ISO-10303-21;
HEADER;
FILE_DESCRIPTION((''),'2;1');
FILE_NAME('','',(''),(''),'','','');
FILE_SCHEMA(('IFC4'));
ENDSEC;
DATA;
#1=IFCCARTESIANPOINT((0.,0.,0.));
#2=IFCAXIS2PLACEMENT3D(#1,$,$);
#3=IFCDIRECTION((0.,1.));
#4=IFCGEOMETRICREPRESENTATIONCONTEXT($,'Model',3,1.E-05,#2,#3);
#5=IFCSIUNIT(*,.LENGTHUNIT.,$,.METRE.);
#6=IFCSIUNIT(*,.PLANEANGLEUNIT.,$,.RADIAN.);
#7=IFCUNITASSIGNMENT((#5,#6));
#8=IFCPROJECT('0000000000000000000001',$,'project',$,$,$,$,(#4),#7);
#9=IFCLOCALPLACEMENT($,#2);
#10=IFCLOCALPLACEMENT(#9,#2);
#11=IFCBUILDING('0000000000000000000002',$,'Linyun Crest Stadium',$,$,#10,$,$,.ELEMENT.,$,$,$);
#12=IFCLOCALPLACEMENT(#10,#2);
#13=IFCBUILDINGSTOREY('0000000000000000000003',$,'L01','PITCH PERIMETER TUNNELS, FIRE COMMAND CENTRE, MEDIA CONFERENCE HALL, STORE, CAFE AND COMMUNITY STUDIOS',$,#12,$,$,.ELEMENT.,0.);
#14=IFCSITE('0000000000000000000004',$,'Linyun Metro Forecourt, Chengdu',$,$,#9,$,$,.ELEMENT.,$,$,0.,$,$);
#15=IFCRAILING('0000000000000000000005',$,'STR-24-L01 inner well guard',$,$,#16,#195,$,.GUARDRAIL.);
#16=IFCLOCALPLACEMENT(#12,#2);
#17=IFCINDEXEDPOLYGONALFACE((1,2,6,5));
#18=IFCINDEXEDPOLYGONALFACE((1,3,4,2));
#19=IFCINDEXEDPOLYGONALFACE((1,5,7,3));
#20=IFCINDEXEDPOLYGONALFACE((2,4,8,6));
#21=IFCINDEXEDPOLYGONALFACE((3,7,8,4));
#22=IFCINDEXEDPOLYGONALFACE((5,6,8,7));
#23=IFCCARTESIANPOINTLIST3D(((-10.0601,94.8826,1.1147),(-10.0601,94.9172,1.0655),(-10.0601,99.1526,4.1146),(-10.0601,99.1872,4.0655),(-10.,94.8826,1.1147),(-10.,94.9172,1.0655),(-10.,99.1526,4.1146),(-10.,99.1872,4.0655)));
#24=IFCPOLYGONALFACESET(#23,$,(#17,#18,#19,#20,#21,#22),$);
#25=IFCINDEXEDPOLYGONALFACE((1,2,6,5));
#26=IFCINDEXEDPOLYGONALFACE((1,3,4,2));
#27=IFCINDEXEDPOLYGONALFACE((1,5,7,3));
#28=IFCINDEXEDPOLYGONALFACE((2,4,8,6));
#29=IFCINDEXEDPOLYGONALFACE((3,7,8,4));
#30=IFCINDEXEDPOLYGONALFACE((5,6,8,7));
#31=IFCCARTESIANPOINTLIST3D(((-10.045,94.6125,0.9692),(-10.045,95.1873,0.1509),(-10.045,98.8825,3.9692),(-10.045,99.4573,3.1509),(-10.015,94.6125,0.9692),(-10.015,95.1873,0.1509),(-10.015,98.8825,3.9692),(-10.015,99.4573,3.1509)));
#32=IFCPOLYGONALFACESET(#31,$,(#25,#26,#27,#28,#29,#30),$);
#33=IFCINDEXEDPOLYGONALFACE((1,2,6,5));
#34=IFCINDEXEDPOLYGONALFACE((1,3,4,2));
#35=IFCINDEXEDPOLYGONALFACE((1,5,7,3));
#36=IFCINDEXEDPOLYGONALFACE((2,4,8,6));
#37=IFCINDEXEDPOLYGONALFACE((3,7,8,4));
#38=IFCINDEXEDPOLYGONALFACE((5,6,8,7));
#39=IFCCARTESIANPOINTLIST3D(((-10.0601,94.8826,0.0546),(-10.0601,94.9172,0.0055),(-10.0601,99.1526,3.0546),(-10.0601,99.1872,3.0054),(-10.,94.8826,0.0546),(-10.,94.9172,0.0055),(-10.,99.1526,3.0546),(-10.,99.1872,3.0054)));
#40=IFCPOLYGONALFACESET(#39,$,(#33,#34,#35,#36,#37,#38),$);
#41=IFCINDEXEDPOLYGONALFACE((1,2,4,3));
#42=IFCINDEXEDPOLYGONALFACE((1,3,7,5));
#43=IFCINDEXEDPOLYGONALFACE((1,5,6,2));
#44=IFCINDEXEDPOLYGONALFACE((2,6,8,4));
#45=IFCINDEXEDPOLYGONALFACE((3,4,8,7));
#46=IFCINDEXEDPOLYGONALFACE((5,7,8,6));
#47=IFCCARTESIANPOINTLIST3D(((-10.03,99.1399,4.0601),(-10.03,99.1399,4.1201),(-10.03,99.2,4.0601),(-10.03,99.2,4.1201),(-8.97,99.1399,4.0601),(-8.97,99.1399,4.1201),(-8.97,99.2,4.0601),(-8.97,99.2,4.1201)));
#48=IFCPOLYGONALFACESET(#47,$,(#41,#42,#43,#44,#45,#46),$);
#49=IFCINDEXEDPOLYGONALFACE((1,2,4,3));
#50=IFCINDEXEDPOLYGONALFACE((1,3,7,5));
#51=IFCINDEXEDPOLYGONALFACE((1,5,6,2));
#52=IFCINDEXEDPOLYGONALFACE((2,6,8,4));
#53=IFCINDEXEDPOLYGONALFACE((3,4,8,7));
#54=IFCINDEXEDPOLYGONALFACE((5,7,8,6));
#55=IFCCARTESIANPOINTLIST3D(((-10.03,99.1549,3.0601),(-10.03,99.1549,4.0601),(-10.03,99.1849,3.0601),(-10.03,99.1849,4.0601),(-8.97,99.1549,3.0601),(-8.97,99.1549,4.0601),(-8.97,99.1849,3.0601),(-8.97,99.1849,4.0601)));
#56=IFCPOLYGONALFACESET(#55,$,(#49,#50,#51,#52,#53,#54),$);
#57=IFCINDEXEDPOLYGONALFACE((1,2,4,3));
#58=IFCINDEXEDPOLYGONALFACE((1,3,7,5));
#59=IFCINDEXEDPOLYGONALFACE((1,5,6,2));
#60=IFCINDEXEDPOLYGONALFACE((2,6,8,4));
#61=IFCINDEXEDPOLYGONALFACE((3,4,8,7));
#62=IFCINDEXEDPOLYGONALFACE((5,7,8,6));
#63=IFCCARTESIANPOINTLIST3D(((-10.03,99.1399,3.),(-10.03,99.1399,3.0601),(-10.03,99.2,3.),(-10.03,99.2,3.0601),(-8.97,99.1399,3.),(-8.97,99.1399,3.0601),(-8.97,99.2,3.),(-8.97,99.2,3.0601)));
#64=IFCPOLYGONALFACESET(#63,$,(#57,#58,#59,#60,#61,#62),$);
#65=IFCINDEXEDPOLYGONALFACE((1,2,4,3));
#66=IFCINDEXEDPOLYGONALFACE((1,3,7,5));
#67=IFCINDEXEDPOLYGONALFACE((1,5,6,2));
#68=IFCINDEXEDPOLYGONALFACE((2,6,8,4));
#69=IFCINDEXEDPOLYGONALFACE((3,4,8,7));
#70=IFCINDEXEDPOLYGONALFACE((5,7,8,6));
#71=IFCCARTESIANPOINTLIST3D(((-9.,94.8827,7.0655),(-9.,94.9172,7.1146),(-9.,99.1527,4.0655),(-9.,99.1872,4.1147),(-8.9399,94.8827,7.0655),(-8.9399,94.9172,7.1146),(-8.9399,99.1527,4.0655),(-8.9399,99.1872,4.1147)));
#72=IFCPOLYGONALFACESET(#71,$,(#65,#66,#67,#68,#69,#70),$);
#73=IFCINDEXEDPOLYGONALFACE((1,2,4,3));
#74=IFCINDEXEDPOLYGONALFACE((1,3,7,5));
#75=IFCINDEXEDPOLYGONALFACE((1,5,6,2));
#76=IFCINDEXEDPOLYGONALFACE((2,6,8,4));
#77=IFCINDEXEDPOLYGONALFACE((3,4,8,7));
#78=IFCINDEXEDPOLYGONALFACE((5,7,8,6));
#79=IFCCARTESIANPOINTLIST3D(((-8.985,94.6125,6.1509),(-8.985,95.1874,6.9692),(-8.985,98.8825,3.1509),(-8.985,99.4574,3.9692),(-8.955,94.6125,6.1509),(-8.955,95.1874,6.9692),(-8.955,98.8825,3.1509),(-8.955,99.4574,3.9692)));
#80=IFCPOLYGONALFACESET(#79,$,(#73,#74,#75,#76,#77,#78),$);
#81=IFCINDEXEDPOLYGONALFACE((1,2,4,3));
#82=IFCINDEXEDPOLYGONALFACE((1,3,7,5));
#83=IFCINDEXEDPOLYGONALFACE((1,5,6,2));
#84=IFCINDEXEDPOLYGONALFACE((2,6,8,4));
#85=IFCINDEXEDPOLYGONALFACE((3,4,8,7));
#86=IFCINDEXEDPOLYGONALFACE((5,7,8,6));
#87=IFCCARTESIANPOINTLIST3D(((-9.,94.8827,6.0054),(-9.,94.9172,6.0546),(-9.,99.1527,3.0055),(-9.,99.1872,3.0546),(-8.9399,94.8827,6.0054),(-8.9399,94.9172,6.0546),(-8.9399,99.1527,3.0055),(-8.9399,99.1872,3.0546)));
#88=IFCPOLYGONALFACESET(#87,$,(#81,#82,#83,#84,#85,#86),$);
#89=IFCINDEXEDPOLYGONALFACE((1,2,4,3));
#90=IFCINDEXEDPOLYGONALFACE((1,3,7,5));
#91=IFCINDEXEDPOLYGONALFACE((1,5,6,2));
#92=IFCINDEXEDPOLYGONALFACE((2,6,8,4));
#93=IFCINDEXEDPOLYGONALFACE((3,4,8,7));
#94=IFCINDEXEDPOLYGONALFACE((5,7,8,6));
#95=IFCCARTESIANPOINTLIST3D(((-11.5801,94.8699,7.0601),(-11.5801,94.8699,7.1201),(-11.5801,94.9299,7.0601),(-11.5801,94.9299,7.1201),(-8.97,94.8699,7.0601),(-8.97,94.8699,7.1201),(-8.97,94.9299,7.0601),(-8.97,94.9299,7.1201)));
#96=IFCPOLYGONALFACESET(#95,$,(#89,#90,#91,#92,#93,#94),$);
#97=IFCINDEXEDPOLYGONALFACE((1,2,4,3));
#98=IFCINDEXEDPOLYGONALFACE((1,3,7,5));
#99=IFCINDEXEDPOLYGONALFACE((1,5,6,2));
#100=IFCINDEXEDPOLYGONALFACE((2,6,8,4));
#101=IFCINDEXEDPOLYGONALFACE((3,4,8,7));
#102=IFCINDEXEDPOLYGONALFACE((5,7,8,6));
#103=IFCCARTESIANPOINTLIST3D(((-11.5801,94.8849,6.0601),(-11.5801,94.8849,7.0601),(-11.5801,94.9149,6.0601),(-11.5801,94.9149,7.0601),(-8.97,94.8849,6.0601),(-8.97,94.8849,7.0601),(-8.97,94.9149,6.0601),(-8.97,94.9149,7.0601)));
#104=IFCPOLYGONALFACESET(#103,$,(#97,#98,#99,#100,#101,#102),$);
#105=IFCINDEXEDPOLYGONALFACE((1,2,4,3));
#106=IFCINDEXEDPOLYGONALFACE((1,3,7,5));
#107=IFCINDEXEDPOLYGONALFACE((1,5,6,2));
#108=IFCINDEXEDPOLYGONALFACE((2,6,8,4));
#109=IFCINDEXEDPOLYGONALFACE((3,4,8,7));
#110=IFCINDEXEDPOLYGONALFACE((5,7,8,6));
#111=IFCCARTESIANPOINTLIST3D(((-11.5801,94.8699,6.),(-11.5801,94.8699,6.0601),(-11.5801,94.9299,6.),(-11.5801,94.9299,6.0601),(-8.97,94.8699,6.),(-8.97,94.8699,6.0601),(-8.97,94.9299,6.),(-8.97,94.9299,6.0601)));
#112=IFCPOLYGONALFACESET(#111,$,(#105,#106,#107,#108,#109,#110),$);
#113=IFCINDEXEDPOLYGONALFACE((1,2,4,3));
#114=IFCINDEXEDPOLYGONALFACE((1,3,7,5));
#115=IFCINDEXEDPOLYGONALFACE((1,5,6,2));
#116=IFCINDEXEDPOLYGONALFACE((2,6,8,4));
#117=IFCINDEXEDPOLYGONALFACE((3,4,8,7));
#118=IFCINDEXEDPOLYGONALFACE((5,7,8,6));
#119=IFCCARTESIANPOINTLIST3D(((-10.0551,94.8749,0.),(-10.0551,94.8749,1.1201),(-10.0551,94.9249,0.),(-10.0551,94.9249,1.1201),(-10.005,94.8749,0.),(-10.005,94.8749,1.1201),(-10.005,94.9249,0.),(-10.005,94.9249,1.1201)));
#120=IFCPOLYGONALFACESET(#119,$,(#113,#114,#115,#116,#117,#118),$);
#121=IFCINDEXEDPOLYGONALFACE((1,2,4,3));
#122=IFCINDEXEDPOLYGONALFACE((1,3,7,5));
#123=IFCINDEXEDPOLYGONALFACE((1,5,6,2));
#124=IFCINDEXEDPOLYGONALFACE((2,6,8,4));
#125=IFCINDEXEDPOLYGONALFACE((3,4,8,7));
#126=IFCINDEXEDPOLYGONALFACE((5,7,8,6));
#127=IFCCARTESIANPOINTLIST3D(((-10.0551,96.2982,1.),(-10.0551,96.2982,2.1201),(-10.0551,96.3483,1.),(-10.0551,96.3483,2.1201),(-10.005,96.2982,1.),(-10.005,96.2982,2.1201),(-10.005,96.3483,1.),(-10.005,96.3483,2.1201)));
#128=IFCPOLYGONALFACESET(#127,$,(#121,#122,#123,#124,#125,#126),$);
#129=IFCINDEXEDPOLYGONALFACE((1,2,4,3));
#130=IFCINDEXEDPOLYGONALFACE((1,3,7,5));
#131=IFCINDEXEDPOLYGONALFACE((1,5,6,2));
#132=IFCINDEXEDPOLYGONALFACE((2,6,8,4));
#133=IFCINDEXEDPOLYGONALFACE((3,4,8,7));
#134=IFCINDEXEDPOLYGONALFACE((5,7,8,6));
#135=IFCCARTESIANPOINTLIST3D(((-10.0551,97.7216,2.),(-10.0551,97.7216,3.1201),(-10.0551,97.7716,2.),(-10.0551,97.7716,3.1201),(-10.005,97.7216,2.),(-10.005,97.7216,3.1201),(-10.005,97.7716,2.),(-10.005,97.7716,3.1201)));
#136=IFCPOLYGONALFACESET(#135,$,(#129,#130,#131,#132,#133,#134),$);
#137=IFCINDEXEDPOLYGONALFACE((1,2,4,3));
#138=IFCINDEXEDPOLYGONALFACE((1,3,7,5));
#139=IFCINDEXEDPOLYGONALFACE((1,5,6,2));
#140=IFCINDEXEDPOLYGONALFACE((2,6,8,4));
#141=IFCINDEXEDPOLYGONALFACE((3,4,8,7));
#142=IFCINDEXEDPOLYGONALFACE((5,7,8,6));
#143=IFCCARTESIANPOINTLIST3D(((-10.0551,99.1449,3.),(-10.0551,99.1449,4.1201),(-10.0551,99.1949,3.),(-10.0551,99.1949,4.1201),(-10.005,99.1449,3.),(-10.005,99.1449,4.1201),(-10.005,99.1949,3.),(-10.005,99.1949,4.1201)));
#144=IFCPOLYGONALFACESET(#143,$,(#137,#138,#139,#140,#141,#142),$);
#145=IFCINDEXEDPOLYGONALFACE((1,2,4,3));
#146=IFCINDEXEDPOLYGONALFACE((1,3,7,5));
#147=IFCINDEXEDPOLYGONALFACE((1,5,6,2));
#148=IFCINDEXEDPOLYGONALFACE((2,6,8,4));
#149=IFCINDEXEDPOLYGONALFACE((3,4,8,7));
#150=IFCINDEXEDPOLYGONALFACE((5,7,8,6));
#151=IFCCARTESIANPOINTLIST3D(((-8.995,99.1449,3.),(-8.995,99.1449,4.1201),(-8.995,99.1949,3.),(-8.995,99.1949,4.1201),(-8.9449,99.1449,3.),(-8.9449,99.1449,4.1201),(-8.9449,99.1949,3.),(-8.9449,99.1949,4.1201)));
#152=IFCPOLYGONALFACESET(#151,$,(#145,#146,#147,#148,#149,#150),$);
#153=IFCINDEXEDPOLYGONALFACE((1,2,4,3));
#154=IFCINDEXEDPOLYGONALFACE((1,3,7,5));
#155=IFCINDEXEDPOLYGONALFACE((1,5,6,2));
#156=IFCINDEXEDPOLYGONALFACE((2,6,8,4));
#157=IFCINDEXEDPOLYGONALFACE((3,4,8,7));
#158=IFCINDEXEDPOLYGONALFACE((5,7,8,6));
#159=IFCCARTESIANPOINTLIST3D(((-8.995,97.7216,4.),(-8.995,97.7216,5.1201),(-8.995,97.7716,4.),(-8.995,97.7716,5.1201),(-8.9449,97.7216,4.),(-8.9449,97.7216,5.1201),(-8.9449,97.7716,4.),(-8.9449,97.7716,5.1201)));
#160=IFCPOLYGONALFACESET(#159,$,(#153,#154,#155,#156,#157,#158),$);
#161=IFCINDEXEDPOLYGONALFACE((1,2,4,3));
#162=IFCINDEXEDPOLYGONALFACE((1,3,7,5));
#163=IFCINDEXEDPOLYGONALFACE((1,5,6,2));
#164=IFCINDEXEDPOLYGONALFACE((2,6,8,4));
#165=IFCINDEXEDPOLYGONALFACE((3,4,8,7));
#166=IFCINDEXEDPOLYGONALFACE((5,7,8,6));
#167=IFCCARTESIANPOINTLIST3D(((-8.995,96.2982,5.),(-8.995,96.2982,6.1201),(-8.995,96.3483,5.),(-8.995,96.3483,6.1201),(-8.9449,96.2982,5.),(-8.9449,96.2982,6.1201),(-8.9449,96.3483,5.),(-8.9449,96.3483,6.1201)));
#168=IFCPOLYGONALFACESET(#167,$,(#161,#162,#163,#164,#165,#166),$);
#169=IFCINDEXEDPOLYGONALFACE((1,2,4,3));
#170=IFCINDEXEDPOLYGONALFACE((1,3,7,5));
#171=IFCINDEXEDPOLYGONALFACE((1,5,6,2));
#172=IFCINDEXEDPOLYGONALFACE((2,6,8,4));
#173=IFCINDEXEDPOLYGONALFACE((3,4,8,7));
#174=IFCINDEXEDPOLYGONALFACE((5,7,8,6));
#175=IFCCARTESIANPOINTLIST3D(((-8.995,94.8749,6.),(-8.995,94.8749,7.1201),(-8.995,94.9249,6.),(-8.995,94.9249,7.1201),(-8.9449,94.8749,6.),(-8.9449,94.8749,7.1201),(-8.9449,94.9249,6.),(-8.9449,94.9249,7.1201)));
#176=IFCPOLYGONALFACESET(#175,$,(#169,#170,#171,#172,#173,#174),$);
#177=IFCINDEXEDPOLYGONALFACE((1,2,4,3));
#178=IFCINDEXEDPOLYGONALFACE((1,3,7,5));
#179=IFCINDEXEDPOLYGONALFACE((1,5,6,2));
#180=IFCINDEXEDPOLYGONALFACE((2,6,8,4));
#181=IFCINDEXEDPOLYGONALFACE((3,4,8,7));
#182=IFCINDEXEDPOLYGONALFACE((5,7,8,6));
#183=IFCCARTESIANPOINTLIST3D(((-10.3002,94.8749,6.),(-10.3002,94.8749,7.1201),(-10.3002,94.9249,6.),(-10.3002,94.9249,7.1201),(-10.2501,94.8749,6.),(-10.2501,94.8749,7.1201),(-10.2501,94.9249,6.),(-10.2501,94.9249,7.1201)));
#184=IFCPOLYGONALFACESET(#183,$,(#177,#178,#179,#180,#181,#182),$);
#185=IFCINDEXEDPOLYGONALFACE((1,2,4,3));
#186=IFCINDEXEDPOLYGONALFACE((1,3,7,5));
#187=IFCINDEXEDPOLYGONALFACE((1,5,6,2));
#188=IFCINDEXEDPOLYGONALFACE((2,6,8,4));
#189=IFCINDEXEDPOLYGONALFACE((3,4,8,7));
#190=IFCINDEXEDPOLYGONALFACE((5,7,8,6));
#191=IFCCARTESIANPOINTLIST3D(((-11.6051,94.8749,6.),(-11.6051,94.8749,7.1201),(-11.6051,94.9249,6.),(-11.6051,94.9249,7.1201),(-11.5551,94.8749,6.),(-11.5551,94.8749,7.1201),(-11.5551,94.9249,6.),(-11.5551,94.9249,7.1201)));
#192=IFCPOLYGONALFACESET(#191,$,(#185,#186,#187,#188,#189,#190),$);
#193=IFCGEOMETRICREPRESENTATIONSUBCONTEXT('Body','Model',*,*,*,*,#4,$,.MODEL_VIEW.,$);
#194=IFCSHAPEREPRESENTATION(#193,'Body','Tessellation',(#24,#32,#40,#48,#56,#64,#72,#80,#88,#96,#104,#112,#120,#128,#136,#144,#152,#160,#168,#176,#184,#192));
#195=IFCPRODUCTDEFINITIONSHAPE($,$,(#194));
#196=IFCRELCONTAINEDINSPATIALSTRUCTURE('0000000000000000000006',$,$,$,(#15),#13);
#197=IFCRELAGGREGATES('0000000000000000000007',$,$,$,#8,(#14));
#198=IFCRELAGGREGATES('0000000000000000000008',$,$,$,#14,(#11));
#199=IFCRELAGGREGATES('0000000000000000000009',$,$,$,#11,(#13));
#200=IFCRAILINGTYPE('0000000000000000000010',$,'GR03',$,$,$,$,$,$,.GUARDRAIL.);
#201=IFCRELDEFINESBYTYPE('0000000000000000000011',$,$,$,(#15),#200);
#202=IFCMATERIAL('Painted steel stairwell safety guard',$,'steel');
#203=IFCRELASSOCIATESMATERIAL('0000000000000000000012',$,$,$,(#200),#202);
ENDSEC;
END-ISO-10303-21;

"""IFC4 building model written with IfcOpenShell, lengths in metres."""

from ifc_helpers import new_model, si_unit, direction, frame, origin, origin_2d, place, context, subcontext, project, spatial, rectangle, extrude, material, type_object, element, save


model = new_model("IFC4")

# Units and contexts
model_context = context("Model", 3, precision=1e-05, world=origin(), true_north=direction((0.0, 1.0)))
body_context = subcontext(model_context, "Body", "Model", "MODEL_VIEW")
ifc_project = project(units=[si_unit("LENGTHUNIT", "METRE"), si_unit("PLANEANGLEUNIT", "RADIAN")], contexts=[model_context])

# Site, building, storey
site_placement = place(None, origin())
site = spatial("IfcSite", under=ifc_project, at=site_placement, Name="Linyun Metro Forecourt, Chengdu", CompositionType="ELEMENT", RefElevation=0.0)
building_placement = place(site_placement, origin())
building = spatial("IfcBuilding", under=site, at=building_placement, Name="Linyun Crest Stadium", CompositionType="ELEMENT")
storey_placement = place(building_placement, origin())
storey = spatial("IfcBuildingStorey", under=building, at=storey_placement, Name="L01", Description="PITCH PERIMETER TUNNELS, FIRE COMMAND CENTRE, MEDIA CONFERENCE HALL, STORE, CAFE AND COMMUNITY STUDIOS", CompositionType="ELEMENT", Elevation=0.0)

# Railing
ifc_material_1 = material(Name="Painted steel stairwell safety guard", Category="steel")
railing_type_1 = type_object("IfcRailingType", Name="GR03", PredefinedType="GUARDRAIL", material=ifc_material_1)
railing_1_placement = place(storey_placement, frame((-10.03, 94.8999, 0.0)))
element("IfcRailing", 1, at=railing_1_placement, inside=storey, type_object=railing_type_1, Name="STR-24-L01 inner well guard", PredefinedType="GUARDRAIL", context=body_context, shape_type="SweptSolid", body=[
    extrude(rectangle(XDim=0.0601, YDim=0.0601, at=origin_2d()), frame((0.0, 0.0, 1.0901), z_axis=(0.0, 0.818242, 0.574874), x_axis=(-1.0, 0.0, 0.0)), (0.0, 0.0, 1.0), 5.2185),
    extrude(rectangle(XDim=0.03, YDim=1.0, at=origin_2d()), frame((0.0, 0.0, 0.5601), z_axis=(0.0, 0.818242, 0.574874), x_axis=(-1.0, 0.0, 0.0)), (0.0, 0.0, 1.0), 5.2185),
    extrude(rectangle(XDim=0.0601, YDim=0.0601, at=origin_2d()), frame((0.0, 0.0, 0.03), z_axis=(0.0, 0.818242, 0.574874), x_axis=(-1.0, 0.0, 0.0)), (0.0, 0.0, 1.0), 5.2185),
    extrude(rectangle(XDim=0.0601, YDim=0.0601, at=origin_2d()), frame((0.0, 4.27, 4.0901), z_axis=(1.0, 0.0, 0.0), x_axis=(0.0, 1.0, 0.0)), (0.0, 0.0, 1.0), 1.0601),
    extrude(rectangle(XDim=0.03, YDim=1.0, at=origin_2d()), frame((0.0, 4.27, 3.5601), z_axis=(1.0, 0.0, 0.0), x_axis=(0.0, 1.0, 0.0)), (0.0, 0.0, 1.0), 1.0601),
    extrude(rectangle(XDim=0.0601, YDim=0.0601, at=origin_2d()), frame((0.0, 4.27, 3.03), z_axis=(1.0, 0.0, 0.0), x_axis=(0.0, 1.0, 0.0)), (0.0, 0.0, 1.0), 1.0601),
    extrude(rectangle(XDim=0.0601, YDim=0.0601, at=origin_2d()), frame((1.0601, 4.27, 4.0901), z_axis=(0.0, -0.818242, 0.574874), x_axis=(1.0, 0.0, 0.0)), (0.0, 0.0, 1.0), 5.2185),
    extrude(rectangle(XDim=0.03, YDim=1.0, at=origin_2d()), frame((1.0601, 4.27, 3.5601), z_axis=(0.0, -0.818242, 0.574874), x_axis=(1.0, 0.0, 0.0)), (0.0, 0.0, 1.0), 5.2185),
    extrude(rectangle(XDim=0.0601, YDim=0.0601, at=origin_2d()), frame((1.0601, 4.27, 3.03), z_axis=(0.0, -0.818242, 0.574874), x_axis=(1.0, 0.0, 0.0)), (0.0, 0.0, 1.0), 5.2185),
    extrude(rectangle(XDim=0.0601, YDim=0.0601, at=origin_2d()), frame((1.0601, 0.0, 7.0901), z_axis=(-1.0, 0.0, 0.0), x_axis=(0.0, -1.0, 0.0)), (0.0, 0.0, 1.0), 2.6101),
    extrude(rectangle(XDim=0.03, YDim=1.0, at=origin_2d()), frame((1.0601, 0.0, 6.5601), z_axis=(-1.0, 0.0, 0.0), x_axis=(0.0, -1.0, 0.0)), (0.0, 0.0, 1.0), 2.6101),
    extrude(rectangle(XDim=0.0601, YDim=0.0601, at=origin_2d()), frame((1.0601, 0.0, 6.03), z_axis=(-1.0, 0.0, 0.0), x_axis=(0.0, -1.0, 0.0)), (0.0, 0.0, 1.0), 2.6101),
    extrude(rectangle(XDim=0.05, YDim=0.05, at=origin_2d()), origin(), (0.0, 0.0, 1.0), 1.1201),
    extrude(rectangle(XDim=0.05, YDim=0.05, at=origin_2d()), frame((0.0, 1.4233, 1.0)), (0.0, 0.0, 1.0), 1.1201),
    extrude(rectangle(XDim=0.05, YDim=0.05, at=origin_2d()), frame((0.0, 2.8467, 2.0)), (0.0, 0.0, 1.0), 1.1201),
    extrude(rectangle(XDim=0.05, YDim=0.05, at=origin_2d()), frame((0.0, 4.27, 3.0)), (0.0, 0.0, 1.0), 1.1201),
    extrude(rectangle(XDim=0.05, YDim=0.05, at=origin_2d()), frame((1.0601, 4.27, 3.0)), (0.0, 0.0, 1.0), 1.1201),
    extrude(rectangle(XDim=0.05, YDim=0.05, at=origin_2d()), frame((1.0601, 2.8467, 4.0)), (0.0, 0.0, 1.0), 1.1201),
    extrude(rectangle(XDim=0.05, YDim=0.05, at=origin_2d()), frame((1.0601, 1.4233, 5.0)), (0.0, 0.0, 1.0), 1.1201),
    extrude(rectangle(XDim=0.05, YDim=0.05, at=origin_2d()), frame((1.0601, 0.0, 6.0)), (0.0, 0.0, 1.0), 1.1201),
    extrude(rectangle(XDim=0.05, YDim=0.05, at=origin_2d()), frame((-0.2451, 0.0, 6.0)), (0.0, 0.0, 1.0), 1.1201),
    extrude(rectangle(XDim=0.05, YDim=0.05, at=origin_2d()), frame((-1.55, 0.0, 6.0)), (0.0, 0.0, 1.0), 1.1201),
])

save(model, "model.ifc")
